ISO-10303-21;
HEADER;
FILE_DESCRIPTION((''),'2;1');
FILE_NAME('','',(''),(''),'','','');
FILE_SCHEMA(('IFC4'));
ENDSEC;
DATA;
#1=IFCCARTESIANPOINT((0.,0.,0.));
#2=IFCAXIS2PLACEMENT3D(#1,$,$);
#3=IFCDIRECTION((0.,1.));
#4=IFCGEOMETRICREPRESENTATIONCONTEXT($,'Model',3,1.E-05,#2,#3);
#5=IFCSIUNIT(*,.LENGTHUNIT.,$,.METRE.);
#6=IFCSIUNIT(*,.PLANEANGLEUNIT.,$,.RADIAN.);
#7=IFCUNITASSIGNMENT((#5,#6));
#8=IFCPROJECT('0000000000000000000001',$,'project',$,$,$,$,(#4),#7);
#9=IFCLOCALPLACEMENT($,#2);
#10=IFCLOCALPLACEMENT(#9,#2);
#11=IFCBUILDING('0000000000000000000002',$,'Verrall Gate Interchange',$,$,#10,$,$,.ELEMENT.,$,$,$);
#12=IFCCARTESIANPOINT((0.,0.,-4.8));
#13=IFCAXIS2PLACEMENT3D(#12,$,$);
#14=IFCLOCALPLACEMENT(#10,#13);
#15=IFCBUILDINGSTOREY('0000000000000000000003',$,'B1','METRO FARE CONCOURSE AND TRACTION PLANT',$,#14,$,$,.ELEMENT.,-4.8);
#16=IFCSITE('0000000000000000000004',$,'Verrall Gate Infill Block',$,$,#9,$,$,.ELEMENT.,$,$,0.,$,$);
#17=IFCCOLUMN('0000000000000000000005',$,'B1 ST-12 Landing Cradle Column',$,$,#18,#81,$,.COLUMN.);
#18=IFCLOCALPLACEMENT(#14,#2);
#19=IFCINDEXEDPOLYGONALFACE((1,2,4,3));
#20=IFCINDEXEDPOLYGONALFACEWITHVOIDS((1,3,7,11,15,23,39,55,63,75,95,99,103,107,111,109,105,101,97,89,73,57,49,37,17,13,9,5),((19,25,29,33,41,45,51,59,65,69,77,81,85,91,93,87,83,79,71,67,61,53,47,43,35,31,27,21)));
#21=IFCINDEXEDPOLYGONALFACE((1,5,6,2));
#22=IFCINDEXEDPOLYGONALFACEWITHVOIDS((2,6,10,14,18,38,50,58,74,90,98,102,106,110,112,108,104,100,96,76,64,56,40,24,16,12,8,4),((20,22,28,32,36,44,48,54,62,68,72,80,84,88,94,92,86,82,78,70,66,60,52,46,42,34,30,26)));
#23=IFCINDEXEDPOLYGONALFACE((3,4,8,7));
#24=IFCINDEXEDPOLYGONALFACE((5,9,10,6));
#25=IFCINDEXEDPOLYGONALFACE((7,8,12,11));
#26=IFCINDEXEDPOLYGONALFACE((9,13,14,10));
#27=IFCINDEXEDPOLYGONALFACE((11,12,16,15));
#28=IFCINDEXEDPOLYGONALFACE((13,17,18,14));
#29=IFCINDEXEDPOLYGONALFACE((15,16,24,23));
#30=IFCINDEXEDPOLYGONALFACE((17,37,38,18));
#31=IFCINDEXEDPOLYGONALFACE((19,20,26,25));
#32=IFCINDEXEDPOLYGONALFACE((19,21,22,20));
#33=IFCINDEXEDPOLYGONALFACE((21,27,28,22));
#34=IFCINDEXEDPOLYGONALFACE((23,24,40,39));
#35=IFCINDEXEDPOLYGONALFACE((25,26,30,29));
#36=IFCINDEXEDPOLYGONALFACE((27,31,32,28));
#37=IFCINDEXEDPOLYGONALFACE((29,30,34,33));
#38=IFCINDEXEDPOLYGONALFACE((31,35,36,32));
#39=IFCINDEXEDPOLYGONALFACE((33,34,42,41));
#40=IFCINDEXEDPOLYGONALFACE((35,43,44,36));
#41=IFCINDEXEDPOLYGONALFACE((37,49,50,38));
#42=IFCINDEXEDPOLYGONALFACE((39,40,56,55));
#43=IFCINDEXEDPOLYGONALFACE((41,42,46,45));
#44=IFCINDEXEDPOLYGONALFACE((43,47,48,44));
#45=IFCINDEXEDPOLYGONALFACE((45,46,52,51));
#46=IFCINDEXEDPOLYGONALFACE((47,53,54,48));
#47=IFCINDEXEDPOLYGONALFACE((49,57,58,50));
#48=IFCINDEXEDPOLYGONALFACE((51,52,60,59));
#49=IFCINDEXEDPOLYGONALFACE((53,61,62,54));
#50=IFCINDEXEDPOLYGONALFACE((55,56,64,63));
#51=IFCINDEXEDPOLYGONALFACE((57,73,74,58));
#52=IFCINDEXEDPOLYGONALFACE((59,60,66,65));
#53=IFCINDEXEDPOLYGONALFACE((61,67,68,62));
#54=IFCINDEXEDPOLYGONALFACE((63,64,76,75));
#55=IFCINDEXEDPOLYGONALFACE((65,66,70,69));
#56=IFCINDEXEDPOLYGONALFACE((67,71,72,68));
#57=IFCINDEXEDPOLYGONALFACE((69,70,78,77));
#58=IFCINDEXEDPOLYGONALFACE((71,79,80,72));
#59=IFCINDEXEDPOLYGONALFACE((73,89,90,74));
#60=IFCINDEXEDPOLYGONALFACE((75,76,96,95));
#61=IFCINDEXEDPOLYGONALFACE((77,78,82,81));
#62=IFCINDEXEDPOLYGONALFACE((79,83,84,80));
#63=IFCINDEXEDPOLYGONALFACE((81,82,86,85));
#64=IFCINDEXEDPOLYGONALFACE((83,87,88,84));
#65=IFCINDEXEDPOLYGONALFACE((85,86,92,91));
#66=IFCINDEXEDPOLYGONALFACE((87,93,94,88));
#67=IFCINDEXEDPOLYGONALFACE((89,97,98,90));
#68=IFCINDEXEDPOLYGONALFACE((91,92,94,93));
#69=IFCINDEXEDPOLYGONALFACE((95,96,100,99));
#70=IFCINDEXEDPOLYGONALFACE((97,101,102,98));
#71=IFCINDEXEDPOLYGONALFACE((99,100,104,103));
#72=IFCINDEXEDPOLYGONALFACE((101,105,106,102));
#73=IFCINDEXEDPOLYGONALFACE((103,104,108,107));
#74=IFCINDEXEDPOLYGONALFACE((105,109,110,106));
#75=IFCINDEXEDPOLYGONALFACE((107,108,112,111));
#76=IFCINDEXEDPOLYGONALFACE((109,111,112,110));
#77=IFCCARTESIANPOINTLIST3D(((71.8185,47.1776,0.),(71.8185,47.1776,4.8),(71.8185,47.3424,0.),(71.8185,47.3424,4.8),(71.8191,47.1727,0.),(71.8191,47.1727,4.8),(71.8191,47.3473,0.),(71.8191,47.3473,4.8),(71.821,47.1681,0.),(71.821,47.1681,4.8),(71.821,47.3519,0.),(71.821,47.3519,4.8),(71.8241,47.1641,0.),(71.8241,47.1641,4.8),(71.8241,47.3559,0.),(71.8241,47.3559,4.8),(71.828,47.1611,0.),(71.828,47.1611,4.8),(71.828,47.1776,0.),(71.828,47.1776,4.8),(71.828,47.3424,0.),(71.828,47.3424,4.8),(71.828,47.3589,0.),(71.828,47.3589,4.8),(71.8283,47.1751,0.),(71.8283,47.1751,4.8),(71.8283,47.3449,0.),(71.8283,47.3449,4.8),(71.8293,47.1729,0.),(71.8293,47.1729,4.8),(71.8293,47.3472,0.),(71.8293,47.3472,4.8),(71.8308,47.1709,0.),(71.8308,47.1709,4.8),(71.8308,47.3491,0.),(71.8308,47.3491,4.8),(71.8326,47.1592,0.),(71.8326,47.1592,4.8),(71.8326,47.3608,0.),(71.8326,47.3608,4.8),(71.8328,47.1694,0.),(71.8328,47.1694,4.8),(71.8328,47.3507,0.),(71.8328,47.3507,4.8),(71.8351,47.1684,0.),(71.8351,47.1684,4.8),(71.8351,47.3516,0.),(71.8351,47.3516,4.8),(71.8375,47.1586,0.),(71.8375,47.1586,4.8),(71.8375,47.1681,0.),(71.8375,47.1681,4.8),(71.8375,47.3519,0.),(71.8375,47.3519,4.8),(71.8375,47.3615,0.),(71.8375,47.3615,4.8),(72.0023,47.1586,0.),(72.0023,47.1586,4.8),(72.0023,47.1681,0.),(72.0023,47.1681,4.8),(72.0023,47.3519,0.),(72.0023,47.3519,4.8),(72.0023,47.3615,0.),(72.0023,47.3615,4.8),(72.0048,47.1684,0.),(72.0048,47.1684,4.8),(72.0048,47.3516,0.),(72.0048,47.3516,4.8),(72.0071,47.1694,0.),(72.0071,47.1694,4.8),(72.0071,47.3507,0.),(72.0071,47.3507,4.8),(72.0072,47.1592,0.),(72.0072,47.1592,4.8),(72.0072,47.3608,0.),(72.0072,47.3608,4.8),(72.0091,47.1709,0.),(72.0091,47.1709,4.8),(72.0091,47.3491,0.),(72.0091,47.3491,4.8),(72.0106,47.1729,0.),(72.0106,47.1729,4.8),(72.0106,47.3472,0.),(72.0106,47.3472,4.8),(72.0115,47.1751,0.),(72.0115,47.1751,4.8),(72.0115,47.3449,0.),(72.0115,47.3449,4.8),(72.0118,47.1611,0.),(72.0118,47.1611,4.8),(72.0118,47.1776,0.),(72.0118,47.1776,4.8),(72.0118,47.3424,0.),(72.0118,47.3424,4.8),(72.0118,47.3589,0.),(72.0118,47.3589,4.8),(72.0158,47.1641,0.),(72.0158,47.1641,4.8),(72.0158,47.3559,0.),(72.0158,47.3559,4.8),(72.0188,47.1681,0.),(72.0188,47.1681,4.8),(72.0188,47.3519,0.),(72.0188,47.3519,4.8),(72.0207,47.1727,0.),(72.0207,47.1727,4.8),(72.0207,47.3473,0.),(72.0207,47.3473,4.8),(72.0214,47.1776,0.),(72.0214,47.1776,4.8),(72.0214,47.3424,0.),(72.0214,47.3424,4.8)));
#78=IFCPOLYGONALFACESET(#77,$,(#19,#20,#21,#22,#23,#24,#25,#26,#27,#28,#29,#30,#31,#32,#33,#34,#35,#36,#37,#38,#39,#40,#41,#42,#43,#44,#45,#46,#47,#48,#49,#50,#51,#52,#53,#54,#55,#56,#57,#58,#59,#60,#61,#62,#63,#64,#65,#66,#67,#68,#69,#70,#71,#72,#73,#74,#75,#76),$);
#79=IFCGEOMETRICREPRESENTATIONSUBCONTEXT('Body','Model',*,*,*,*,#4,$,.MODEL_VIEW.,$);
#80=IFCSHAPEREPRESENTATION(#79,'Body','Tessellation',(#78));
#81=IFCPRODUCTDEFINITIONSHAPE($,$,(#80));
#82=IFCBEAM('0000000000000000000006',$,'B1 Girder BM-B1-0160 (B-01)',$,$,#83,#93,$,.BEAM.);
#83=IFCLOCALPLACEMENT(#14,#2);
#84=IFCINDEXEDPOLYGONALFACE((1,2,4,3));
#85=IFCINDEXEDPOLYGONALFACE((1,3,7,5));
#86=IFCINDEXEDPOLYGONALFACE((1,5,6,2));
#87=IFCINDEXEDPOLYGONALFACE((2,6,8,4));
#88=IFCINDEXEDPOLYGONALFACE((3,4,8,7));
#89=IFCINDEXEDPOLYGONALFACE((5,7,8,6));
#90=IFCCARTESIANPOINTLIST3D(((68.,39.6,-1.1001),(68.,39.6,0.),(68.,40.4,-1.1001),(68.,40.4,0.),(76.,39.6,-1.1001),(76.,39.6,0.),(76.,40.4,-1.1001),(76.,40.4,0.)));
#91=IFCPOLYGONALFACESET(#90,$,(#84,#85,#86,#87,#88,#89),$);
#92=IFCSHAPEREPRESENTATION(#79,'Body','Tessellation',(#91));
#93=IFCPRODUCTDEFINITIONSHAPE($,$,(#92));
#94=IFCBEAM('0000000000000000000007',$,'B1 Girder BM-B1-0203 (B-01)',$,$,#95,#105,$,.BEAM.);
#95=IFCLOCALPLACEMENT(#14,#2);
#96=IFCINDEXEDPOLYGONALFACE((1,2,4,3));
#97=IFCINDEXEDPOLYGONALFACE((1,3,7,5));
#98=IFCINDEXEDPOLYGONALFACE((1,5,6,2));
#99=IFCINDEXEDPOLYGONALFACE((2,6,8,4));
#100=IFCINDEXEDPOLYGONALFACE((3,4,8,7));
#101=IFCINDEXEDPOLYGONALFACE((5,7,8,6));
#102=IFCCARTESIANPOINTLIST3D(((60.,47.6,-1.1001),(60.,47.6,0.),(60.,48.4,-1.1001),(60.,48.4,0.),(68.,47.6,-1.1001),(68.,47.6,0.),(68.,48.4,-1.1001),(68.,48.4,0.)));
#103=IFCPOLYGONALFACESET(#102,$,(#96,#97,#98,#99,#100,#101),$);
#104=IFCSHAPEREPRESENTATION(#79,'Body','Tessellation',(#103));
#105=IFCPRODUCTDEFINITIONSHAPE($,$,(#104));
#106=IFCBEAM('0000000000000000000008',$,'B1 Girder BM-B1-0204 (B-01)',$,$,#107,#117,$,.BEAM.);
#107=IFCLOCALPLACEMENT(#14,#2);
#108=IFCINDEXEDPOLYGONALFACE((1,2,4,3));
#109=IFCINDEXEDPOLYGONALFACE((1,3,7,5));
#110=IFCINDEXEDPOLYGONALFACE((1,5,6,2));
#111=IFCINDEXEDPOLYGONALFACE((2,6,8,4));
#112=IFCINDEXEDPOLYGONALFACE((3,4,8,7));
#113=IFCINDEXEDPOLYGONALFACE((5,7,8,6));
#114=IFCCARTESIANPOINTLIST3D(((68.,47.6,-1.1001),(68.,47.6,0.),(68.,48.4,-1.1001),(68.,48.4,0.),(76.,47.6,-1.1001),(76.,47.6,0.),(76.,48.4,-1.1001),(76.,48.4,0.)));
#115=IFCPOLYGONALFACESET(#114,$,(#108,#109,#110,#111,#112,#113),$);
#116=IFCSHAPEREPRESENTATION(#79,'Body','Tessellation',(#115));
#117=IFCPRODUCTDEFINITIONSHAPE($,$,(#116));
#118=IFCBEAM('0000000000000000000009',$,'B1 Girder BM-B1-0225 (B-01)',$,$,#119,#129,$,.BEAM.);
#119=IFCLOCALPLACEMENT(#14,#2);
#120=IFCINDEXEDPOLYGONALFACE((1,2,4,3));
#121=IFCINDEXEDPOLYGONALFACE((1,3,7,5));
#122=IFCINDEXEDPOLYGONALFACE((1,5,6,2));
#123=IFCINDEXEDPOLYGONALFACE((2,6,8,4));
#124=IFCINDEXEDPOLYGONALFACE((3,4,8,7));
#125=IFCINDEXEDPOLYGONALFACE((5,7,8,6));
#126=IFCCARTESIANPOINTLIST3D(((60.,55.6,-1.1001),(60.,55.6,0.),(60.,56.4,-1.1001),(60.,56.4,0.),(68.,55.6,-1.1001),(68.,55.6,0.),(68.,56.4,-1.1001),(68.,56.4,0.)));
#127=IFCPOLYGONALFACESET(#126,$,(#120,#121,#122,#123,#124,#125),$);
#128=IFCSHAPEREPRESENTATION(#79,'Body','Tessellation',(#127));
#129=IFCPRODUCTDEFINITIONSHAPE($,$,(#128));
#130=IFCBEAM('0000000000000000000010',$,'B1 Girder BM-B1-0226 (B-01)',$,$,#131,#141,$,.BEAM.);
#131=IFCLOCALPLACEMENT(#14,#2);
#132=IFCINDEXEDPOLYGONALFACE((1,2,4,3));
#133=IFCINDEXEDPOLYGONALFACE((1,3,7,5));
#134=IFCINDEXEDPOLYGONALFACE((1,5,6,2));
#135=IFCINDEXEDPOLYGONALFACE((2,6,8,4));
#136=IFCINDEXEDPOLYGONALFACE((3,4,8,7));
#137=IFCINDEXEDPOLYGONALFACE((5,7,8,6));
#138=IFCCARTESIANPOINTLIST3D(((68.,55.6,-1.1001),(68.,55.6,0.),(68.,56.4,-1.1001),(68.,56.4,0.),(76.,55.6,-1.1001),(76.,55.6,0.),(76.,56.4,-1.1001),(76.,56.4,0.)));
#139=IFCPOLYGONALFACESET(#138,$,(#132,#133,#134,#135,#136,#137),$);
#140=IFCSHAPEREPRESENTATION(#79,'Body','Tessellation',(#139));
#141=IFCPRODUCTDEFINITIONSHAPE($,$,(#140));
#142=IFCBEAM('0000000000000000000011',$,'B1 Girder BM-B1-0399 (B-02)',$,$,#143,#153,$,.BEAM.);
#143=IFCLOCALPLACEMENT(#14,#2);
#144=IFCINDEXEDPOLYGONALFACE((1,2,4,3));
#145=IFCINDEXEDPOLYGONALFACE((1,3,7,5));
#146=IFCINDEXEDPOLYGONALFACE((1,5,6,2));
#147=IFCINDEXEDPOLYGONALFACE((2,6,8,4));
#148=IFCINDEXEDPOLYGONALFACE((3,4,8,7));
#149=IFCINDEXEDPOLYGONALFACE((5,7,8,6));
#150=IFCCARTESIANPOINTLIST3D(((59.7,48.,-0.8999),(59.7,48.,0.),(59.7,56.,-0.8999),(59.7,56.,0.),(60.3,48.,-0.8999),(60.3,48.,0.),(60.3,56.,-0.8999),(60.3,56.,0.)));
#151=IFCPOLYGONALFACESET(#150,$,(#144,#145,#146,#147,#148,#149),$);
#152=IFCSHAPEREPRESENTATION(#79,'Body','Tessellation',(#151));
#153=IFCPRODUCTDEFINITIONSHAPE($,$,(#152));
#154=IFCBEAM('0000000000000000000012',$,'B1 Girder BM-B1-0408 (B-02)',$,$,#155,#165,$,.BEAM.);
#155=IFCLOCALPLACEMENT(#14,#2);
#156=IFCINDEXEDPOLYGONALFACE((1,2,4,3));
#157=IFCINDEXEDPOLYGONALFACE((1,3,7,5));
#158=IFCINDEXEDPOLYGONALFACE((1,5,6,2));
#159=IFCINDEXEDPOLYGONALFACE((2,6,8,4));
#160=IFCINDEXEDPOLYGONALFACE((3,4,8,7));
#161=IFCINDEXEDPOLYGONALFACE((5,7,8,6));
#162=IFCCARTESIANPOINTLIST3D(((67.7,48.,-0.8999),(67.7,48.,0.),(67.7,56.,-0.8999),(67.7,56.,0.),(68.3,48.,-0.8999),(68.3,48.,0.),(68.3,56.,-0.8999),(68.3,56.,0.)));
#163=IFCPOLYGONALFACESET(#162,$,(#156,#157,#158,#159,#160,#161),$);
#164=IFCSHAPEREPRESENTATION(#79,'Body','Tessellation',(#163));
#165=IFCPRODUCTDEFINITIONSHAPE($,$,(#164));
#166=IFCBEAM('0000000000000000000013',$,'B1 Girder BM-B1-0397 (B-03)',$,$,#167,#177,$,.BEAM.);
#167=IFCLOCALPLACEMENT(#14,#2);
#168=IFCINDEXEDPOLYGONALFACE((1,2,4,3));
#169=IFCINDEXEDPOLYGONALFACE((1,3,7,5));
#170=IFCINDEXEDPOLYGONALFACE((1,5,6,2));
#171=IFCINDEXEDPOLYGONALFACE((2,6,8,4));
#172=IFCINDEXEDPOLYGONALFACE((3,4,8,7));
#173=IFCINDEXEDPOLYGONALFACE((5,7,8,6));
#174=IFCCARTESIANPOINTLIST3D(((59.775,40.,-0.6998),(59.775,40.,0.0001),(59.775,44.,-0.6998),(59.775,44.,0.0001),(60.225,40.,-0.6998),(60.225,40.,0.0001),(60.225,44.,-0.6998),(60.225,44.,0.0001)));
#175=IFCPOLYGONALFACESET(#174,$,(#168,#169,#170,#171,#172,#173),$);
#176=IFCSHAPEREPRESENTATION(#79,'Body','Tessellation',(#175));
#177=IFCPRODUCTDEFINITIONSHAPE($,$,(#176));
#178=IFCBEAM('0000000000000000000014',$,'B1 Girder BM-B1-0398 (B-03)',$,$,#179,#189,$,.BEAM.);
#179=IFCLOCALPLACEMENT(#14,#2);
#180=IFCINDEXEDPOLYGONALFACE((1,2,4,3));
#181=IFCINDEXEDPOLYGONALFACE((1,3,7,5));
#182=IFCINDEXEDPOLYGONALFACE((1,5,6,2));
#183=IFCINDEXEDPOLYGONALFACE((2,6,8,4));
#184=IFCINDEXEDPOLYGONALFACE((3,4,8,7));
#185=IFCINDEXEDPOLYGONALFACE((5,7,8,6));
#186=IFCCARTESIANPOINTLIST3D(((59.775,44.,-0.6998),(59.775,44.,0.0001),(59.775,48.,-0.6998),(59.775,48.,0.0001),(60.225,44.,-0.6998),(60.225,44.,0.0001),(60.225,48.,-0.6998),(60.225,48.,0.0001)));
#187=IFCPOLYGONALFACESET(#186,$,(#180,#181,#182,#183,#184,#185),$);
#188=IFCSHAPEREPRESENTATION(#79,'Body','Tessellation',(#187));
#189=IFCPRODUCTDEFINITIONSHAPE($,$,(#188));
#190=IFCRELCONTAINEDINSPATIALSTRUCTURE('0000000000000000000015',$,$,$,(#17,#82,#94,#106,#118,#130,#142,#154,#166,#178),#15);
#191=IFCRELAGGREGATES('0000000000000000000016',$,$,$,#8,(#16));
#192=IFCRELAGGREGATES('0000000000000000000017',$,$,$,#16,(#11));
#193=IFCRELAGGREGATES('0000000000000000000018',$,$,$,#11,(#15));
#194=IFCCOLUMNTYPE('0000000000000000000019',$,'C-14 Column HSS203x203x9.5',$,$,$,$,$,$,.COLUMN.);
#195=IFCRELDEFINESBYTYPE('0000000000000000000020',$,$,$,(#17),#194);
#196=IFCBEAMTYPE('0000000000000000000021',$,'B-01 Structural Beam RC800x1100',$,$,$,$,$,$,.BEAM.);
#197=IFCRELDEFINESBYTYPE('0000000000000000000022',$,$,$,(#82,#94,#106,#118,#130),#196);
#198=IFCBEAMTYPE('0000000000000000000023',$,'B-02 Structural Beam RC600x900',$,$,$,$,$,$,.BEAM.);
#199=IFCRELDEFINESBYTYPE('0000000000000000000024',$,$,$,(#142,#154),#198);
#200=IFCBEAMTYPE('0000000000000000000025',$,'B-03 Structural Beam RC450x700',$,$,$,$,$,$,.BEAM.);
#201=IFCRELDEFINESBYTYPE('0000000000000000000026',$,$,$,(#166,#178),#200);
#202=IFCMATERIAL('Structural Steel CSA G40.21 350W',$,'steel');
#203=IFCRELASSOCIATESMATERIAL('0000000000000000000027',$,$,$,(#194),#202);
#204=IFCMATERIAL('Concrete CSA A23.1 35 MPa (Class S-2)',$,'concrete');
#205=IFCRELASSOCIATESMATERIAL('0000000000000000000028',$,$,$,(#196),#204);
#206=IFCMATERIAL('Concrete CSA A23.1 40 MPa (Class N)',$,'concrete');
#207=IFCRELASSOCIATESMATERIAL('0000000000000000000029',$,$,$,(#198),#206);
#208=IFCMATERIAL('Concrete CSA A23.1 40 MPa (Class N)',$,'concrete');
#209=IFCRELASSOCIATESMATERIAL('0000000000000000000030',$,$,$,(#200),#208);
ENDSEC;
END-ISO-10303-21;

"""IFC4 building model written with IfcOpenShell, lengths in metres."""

from ifc_helpers import new_model, si_unit, direction, frame, origin, origin_2d, place, context, subcontext, project, spatial, rectangle, hollow_rectangle, extrude, material, material_profile, profile_set, type_object, element, save


model = new_model("IFC4")

# Units and contexts
model_context = context("Model", 3, precision=1e-05, world=origin(), true_north=direction((0.0, 1.0)))
body_context = subcontext(model_context, "Body", "Model", "MODEL_VIEW")
ifc_project = project(units=[si_unit("LENGTHUNIT", "METRE"), si_unit("PLANEANGLEUNIT", "RADIAN")], contexts=[model_context])

# Site, building, storey
site_placement = place(None, origin())
site = spatial("IfcSite", under=ifc_project, at=site_placement, Name="Verrall Gate Infill Block", CompositionType="ELEMENT", RefElevation=0.0)
building_placement = place(site_placement, origin())
building = spatial("IfcBuilding", under=site, at=building_placement, Name="Verrall Gate Interchange", CompositionType="ELEMENT")
storey_placement = place(building_placement, frame((0.0, 0.0, -4.8)))
storey = spatial("IfcBuildingStorey", under=building, at=storey_placement, Name="B1", Description="METRO FARE CONCOURSE AND TRACTION PLANT", CompositionType="ELEMENT", Elevation=-4.8)

# Column
ifc_material_1 = material(Name="Structural Steel CSA G40.21 350W", Category="steel")
ifc_material_profile_1 = material_profile(ifc_material_1, hollow_rectangle(XDim=0.2029, YDim=0.2029, WallThickness=0.0095, InnerFilletRadius=0.0095, OuterFilletRadius=0.019, at=origin_2d()), Name="HSS203x203x9.5")
ifc_profile_set_1 = profile_set([ifc_material_profile_1], Name="Structural Steel CSA G40.21 350W")
column_type_1 = type_object("IfcColumnType", Name="C-14 Column HSS203x203x9.5", PredefinedType="COLUMN", material=ifc_profile_set_1)
for number, where, z_axis, x_axis, name in (
    (1, (71.9199, 47.26, 0.0), (0.0, 0.0, 1.0), (1.0, 0.0, 0.0), "B1 ST-12 Landing Cradle Column"),
):
    element("IfcColumn", number, at=place(storey_placement, frame(where, z_axis=z_axis, x_axis=x_axis)), inside=storey, type_object=column_type_1, Name=name, PredefinedType="COLUMN", context=body_context, shape_type="SweptSolid", body=[
        extrude(hollow_rectangle(XDim=0.2029, YDim=0.2029, WallThickness=0.0095, InnerFilletRadius=0.0095, OuterFilletRadius=0.019, at=origin_2d()), origin(), (0.0, 0.0, 1.0), 4.8),
    ])

# Beams
ifc_material_2 = material(Name="Concrete CSA A23.1 35 MPa (Class S-2)", Category="concrete")
ifc_material_profile_2 = material_profile(ifc_material_2, rectangle(XDim=0.8, YDim=1.1001, at=origin_2d()), Name="RC800x1100")
ifc_profile_set_2 = profile_set([ifc_material_profile_2], Name="Concrete CSA A23.1 35 MPa (Class S-2)")
beam_type_1 = type_object("IfcBeamType", Name="B-01 Structural Beam RC800x1100", PredefinedType="BEAM", material=ifc_profile_set_2)
for number, where, z_axis, x_axis, name in (
    (2, (68.0, 40.0, -0.55), (1.0, 0.0, 0.0), (0.0, 1.0, 0.0), "B1 Girder BM-B1-0160 (B-01)"),
    (3, (60.0, 48.0, -0.55), (1.0, 0.0, 0.0), (0.0, 1.0, 0.0), "B1 Girder BM-B1-0203 (B-01)"),
    (4, (68.0, 48.0, -0.55), (1.0, 0.0, 0.0), (0.0, 1.0, 0.0), "B1 Girder BM-B1-0204 (B-01)"),
    (5, (60.0, 56.0, -0.55), (1.0, 0.0, 0.0), (0.0, 1.0, 0.0), "B1 Girder BM-B1-0225 (B-01)"),
    (6, (68.0, 56.0, -0.55), (1.0, 0.0, 0.0), (0.0, 1.0, 0.0), "B1 Girder BM-B1-0226 (B-01)"),
):
    element("IfcBeam", number, at=place(storey_placement, frame(where, z_axis=z_axis, x_axis=x_axis)), inside=storey, type_object=beam_type_1, Name=name, PredefinedType="BEAM", context=body_context, shape_type="SweptSolid", body=[
        extrude(rectangle(XDim=0.8, YDim=1.1001, at=origin_2d()), origin(), (0.0, 0.0, 1.0), 8.0),
    ])
ifc_material_3 = material(Name="Concrete CSA A23.1 40 MPa (Class N)", Category="concrete")
ifc_material_profile_3 = material_profile(ifc_material_3, rectangle(XDim=0.6001, YDim=0.8999, at=origin_2d()), Name="RC600x900")
ifc_profile_set_3 = profile_set([ifc_material_profile_3], Name="Concrete CSA A23.1 40 MPa (Class N)")
beam_type_2 = type_object("IfcBeamType", Name="B-02 Structural Beam RC600x900", PredefinedType="BEAM", material=ifc_profile_set_3)
for number, where, z_axis, x_axis, name in (
    (7, (60.0, 48.0, -0.45), (0.0, 1.0, 0.0), (-1.0, 0.0, 0.0), "B1 Girder BM-B1-0399 (B-02)"),
    (8, (68.0, 48.0, -0.45), (0.0, 1.0, 0.0), (-1.0, 0.0, 0.0), "B1 Girder BM-B1-0408 (B-02)"),
):
    element("IfcBeam", number, at=place(storey_placement, frame(where, z_axis=z_axis, x_axis=x_axis)), inside=storey, type_object=beam_type_2, Name=name, PredefinedType="BEAM", context=body_context, shape_type="SweptSolid", body=[
        extrude(rectangle(XDim=0.6001, YDim=0.8999, at=origin_2d()), origin(), (0.0, 0.0, 1.0), 8.0),
    ])
ifc_material_4 = material(Name="Concrete CSA A23.1 40 MPa (Class N)", Category="concrete")
ifc_material_profile_4 = material_profile(ifc_material_4, rectangle(XDim=0.45, YDim=0.7, at=origin_2d()), Name="RC450x700")
ifc_profile_set_4 = profile_set([ifc_material_profile_4], Name="Concrete CSA A23.1 40 MPa (Class N)")
beam_type_3 = type_object("IfcBeamType", Name="B-03 Structural Beam RC450x700", PredefinedType="BEAM", material=ifc_profile_set_4)
for number, where, z_axis, x_axis, name in (
    (9, (60.0, 40.0, -0.3499), (0.0, 1.0, 0.0), (-1.0, 0.0, 0.0), "B1 Girder BM-B1-0397 (B-03)"),
    (10, (60.0, 44.0, -0.3499), (0.0, 1.0, 0.0), (-1.0, 0.0, 0.0), "B1 Girder BM-B1-0398 (B-03)"),
):
    element("IfcBeam", number, at=place(storey_placement, frame(where, z_axis=z_axis, x_axis=x_axis)), inside=storey, type_object=beam_type_3, Name=name, PredefinedType="BEAM", context=body_context, shape_type="SweptSolid", body=[
        extrude(rectangle(XDim=0.45, YDim=0.7, at=origin_2d()), origin(), (0.0, 0.0, 1.0), 4.0),
    ])

save(model, "model.ifc")
